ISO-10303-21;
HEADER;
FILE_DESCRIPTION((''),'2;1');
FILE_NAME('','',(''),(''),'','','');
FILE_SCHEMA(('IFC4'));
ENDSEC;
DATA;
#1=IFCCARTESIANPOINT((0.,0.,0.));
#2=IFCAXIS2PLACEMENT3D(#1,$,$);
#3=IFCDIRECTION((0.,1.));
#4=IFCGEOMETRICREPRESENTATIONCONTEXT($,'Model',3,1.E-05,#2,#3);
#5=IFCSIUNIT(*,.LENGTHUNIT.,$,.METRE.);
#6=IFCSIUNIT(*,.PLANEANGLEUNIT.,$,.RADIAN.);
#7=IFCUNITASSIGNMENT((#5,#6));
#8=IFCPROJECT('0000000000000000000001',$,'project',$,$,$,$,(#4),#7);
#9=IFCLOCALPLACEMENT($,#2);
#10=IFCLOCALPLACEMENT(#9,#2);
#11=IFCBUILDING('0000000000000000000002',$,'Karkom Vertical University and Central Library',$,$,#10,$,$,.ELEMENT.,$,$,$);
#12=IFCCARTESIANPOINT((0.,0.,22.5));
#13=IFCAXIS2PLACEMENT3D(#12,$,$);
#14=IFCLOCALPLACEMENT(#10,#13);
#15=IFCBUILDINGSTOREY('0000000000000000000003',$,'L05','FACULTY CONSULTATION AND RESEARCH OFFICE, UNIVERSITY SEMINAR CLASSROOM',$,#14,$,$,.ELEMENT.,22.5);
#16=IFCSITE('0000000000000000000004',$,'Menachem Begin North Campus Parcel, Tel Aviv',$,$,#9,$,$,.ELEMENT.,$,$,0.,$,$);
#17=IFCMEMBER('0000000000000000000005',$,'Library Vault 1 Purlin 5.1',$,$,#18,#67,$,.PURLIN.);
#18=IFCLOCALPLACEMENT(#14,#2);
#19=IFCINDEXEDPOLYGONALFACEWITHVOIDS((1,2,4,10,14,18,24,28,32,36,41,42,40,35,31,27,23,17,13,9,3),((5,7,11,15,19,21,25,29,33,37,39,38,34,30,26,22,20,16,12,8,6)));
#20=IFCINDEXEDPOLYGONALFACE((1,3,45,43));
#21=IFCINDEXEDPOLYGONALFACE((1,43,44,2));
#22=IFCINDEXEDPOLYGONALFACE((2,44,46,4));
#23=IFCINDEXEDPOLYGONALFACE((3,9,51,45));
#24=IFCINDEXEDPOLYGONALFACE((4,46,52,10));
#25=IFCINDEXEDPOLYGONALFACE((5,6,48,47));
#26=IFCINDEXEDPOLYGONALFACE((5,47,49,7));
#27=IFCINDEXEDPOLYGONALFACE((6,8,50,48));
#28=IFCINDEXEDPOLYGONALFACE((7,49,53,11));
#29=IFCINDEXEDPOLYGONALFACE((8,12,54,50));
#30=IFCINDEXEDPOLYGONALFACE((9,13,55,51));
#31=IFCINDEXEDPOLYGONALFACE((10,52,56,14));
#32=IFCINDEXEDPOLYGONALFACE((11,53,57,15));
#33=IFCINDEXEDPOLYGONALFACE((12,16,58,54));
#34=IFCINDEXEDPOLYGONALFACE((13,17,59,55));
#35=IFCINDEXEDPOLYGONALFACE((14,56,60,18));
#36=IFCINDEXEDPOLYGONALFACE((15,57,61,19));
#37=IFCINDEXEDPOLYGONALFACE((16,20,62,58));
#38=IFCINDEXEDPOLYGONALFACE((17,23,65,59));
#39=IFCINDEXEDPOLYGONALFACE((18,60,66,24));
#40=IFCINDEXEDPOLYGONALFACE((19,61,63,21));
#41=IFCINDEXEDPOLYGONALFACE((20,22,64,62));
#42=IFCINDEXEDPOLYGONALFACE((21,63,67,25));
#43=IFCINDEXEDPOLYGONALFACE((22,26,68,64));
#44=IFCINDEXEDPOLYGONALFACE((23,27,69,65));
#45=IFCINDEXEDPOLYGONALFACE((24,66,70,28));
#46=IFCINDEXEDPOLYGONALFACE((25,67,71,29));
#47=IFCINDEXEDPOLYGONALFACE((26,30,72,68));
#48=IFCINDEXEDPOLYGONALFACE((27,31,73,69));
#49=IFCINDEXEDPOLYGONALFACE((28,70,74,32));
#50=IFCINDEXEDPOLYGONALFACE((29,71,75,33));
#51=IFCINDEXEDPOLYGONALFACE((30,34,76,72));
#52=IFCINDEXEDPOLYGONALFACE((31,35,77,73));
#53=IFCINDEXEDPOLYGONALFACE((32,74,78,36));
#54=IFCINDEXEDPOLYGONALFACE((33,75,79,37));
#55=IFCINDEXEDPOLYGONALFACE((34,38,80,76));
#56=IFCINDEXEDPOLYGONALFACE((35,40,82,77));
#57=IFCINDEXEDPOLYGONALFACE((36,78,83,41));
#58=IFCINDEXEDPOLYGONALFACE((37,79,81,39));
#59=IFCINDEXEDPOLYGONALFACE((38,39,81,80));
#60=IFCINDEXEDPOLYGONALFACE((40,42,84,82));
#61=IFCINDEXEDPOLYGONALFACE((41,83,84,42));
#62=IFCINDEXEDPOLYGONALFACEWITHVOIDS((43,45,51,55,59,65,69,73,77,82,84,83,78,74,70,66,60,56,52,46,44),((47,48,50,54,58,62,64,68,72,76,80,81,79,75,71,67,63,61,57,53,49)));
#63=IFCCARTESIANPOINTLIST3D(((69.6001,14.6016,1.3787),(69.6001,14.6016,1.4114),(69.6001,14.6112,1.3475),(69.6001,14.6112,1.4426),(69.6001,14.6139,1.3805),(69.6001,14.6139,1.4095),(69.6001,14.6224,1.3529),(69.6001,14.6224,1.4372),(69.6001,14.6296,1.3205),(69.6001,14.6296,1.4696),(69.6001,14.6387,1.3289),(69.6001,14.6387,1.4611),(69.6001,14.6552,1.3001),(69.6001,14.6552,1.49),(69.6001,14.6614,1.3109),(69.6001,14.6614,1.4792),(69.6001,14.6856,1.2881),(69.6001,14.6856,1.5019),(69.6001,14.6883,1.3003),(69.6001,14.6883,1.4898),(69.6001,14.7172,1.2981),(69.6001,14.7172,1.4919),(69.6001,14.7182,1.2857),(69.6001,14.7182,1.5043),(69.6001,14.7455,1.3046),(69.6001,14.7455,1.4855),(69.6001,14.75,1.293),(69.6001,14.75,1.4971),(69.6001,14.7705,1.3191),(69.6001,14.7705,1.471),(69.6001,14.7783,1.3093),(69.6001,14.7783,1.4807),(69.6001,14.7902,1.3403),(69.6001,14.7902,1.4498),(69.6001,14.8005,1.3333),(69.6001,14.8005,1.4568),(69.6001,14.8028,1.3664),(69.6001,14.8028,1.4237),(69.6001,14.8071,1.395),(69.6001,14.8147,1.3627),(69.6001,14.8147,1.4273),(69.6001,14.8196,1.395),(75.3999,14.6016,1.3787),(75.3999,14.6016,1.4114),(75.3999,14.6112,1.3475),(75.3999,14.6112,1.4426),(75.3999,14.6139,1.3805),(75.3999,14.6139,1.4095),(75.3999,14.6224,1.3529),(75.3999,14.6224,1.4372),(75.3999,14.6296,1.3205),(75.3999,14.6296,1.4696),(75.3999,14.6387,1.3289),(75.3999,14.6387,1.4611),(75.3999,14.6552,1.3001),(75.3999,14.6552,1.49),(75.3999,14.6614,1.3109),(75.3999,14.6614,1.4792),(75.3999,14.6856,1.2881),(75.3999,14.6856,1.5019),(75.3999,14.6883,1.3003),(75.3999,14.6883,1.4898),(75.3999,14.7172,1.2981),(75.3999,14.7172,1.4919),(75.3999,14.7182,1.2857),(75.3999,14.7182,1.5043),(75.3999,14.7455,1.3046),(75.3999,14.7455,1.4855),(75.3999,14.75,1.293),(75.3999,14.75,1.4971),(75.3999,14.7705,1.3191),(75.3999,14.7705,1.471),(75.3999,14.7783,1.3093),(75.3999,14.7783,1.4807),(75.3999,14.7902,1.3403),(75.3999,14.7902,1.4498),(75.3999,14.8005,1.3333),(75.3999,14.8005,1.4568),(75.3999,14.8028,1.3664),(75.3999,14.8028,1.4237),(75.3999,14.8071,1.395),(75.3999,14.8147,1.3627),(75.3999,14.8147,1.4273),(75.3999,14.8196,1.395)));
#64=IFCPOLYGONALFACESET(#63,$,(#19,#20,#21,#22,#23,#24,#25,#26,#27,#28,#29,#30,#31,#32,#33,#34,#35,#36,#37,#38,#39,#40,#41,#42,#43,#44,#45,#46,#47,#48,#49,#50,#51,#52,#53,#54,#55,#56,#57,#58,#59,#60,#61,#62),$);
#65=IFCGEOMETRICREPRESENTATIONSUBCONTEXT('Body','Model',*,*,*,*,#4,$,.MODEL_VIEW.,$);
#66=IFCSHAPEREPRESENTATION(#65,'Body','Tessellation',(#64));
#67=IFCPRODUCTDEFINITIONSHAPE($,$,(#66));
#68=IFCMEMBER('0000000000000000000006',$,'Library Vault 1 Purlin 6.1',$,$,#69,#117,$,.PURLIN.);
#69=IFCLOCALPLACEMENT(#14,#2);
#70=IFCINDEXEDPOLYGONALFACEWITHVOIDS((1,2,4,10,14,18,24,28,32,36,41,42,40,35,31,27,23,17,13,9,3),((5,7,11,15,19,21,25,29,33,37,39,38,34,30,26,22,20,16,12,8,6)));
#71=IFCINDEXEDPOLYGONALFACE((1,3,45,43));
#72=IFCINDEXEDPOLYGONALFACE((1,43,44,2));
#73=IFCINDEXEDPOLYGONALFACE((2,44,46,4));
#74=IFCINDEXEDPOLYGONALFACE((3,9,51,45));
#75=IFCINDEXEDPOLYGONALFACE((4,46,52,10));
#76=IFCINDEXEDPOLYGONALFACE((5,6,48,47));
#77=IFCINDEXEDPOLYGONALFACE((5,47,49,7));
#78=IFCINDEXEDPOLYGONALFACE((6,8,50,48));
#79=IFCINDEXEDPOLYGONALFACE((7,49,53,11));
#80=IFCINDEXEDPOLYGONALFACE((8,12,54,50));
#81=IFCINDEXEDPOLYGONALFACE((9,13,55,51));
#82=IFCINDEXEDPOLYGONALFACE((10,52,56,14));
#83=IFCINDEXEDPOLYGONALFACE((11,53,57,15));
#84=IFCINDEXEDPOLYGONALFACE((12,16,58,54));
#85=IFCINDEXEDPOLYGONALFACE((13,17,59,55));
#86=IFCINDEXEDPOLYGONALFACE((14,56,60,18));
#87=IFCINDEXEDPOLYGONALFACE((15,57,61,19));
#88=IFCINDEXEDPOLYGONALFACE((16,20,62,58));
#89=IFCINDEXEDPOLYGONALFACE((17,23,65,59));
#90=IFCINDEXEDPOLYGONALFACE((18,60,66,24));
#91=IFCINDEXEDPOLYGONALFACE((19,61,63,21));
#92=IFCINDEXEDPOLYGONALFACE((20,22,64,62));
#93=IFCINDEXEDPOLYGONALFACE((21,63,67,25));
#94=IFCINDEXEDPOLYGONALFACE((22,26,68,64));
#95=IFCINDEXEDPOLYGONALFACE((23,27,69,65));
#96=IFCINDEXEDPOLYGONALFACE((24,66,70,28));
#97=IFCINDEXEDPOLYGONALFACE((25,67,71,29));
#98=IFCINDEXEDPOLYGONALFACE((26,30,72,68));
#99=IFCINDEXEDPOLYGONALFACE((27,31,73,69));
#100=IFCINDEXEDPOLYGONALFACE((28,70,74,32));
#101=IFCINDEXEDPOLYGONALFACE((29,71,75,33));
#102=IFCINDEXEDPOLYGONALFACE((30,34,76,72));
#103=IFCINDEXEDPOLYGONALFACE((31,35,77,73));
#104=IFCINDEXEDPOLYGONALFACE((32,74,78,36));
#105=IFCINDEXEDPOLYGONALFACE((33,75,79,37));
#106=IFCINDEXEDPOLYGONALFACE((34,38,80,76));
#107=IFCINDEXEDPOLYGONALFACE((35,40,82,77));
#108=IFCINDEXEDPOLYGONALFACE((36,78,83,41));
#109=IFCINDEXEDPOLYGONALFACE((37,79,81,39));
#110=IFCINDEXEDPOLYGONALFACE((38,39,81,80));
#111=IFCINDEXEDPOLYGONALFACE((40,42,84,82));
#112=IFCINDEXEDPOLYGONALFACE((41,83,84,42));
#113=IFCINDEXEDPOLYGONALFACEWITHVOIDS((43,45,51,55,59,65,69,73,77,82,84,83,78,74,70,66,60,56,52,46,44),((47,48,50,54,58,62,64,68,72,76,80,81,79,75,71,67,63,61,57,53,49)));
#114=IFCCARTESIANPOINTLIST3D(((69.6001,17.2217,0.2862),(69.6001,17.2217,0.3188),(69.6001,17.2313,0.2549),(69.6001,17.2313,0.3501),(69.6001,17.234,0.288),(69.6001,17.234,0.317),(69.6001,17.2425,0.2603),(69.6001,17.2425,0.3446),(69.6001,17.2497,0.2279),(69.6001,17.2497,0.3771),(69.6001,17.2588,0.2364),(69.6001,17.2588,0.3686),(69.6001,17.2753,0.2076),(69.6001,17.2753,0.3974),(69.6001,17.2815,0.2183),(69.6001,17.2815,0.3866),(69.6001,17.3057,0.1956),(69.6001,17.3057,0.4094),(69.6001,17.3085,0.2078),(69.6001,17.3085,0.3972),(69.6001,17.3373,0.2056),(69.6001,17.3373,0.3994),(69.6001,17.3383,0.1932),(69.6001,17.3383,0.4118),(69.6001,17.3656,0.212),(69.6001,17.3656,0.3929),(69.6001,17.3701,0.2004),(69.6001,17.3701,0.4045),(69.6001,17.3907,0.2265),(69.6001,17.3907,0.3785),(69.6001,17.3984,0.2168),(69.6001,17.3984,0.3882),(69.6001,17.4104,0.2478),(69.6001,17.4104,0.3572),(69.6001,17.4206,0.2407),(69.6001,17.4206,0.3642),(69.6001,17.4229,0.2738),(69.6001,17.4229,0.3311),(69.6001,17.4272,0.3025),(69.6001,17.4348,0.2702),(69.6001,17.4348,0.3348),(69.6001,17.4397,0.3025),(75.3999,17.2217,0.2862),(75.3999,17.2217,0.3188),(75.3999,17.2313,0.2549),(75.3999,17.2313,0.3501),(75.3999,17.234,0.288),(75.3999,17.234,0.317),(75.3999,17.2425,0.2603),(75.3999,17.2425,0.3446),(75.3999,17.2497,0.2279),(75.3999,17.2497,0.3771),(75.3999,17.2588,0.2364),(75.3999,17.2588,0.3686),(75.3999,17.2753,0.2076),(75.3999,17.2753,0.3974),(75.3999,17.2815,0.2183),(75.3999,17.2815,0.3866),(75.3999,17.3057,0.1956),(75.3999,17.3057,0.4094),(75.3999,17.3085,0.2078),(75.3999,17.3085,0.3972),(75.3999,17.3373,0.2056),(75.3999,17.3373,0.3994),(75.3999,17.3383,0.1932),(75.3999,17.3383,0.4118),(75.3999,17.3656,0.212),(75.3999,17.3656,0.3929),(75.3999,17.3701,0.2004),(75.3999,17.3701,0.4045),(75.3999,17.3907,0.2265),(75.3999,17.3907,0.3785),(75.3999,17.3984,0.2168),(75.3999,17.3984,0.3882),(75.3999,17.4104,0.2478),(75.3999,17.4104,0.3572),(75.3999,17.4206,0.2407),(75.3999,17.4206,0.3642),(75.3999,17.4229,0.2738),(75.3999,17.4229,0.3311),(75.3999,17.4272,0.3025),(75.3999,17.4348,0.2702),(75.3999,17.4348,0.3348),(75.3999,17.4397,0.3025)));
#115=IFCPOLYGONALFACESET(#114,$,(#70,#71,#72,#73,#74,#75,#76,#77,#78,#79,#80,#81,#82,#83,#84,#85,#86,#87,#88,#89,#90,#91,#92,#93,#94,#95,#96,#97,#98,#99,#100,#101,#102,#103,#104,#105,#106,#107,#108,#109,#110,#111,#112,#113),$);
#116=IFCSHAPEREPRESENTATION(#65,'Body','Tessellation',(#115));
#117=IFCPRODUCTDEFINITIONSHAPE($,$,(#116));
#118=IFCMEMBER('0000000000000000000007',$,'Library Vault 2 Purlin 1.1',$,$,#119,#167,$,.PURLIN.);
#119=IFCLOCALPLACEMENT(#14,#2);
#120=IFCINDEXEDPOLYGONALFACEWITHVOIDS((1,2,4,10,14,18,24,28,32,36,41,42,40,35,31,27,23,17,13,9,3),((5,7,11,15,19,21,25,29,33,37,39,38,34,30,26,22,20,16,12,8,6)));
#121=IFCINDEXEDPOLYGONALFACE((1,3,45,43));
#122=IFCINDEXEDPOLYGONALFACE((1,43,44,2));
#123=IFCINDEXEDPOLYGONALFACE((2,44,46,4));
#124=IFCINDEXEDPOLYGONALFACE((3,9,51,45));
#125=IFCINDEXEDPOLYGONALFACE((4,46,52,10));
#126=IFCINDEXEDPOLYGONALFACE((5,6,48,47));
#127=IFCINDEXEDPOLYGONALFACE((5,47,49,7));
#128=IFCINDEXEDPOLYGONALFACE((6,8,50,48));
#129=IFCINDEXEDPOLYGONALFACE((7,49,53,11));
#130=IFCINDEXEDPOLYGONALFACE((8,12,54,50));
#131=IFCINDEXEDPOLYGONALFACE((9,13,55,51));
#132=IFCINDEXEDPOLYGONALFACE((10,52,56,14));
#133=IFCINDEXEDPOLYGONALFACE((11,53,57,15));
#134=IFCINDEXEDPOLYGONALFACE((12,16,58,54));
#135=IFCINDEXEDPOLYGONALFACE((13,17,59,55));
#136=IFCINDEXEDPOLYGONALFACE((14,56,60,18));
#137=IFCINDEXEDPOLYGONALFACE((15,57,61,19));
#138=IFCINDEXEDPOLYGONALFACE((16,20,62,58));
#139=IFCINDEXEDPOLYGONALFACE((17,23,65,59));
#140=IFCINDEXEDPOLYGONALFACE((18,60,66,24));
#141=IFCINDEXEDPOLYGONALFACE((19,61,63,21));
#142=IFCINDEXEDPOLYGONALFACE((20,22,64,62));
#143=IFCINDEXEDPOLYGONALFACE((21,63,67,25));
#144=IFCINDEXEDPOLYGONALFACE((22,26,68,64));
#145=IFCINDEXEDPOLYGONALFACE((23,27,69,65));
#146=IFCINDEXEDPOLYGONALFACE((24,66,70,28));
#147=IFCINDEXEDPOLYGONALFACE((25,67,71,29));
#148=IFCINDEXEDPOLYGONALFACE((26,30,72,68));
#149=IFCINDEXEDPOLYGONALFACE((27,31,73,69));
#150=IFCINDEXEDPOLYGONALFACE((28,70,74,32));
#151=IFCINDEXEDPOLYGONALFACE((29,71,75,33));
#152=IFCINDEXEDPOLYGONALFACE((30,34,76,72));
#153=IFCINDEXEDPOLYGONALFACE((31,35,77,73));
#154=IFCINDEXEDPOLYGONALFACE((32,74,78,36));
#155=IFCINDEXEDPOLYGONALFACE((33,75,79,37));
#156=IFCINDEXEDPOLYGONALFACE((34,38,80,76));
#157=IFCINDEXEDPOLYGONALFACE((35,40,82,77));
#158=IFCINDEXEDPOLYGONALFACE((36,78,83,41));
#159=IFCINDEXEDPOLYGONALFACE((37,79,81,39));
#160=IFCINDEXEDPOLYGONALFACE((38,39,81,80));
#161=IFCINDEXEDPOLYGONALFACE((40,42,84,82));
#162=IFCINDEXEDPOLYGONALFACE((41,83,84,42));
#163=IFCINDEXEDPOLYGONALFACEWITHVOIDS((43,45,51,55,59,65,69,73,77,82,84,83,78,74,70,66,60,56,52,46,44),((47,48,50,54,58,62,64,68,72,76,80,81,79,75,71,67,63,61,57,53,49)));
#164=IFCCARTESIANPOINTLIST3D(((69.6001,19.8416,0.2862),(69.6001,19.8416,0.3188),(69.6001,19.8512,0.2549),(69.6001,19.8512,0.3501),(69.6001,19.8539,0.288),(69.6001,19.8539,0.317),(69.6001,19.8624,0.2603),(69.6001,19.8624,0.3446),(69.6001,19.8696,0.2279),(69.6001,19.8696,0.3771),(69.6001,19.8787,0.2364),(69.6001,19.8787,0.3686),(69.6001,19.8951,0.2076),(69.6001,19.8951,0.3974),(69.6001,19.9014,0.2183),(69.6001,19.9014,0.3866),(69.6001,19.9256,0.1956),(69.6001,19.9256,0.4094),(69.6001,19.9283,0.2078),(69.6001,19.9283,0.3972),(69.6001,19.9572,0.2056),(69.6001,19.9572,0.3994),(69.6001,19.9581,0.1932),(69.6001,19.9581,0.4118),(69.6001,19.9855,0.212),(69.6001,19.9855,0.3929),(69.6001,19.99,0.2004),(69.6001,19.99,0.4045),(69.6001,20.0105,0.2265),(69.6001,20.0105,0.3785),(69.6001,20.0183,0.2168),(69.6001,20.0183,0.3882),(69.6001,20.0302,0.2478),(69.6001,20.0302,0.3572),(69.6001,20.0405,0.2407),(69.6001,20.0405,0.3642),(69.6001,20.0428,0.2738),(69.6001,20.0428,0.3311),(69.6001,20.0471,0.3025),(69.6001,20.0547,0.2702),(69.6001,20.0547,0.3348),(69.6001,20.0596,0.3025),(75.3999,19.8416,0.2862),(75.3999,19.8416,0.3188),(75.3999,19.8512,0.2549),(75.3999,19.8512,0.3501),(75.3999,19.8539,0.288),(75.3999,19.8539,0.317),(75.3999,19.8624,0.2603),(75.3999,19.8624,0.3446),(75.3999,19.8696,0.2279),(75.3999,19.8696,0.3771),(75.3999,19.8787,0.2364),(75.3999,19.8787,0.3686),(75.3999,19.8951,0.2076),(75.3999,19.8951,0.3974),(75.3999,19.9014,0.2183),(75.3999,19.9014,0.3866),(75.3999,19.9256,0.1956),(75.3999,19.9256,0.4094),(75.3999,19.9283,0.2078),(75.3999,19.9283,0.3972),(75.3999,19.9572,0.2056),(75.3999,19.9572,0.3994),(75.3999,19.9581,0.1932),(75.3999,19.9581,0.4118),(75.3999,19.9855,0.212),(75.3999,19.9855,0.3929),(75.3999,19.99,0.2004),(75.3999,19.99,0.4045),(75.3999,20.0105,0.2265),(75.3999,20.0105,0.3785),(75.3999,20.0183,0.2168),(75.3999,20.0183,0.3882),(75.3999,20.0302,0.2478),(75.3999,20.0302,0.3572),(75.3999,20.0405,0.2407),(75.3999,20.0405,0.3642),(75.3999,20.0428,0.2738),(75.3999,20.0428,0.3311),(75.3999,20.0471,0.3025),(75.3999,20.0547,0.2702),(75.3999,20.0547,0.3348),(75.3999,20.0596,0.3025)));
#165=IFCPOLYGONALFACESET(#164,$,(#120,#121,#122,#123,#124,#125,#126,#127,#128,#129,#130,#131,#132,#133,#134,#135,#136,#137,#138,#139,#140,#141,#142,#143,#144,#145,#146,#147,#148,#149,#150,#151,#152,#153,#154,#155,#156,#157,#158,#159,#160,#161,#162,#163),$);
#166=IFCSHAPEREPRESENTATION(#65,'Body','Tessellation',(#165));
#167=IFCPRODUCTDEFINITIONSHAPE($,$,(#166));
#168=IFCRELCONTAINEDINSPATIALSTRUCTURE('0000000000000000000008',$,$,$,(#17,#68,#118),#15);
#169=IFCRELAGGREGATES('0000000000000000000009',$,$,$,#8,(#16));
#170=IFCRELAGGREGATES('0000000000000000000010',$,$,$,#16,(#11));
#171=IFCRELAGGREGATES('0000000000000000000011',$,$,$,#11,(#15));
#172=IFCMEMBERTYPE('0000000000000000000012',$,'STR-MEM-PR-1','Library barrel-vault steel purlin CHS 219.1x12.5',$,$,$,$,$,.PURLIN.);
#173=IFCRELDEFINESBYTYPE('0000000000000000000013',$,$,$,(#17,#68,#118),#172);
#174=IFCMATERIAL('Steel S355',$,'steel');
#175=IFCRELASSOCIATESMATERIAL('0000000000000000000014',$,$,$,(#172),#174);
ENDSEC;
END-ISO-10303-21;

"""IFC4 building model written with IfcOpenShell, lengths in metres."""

from ifc_helpers import new_model, si_unit, direction, frame, origin, origin_with_axes, origin_2d, place, context, subcontext, project, spatial, hollow_circle, extrude, source, transform, mapped, material, material_profile, profile_set, type_object, element, save


model = new_model("IFC4")

# Units and contexts
model_context = context("Model", 3, precision=1e-05, world=origin(), true_north=direction((0.0, 1.0)))
body_context = subcontext(model_context, "Body", "Model", "MODEL_VIEW")
ifc_project = project(units=[si_unit("LENGTHUNIT", "METRE"), si_unit("PLANEANGLEUNIT", "RADIAN")], contexts=[model_context])

# Site, building, storey
site_placement = place(None, origin())
site = spatial("IfcSite", under=ifc_project, at=site_placement, Name="Menachem Begin North Campus Parcel, Tel Aviv", CompositionType="ELEMENT", RefElevation=0.0)
building_placement = place(site_placement, origin())
building = spatial("IfcBuilding", under=site, at=building_placement, Name="Karkom Vertical University and Central Library", CompositionType="ELEMENT")
storey_placement = place(building_placement, frame((0.0, 0.0, 22.5)))
storey = spatial("IfcBuildingStorey", under=building, at=storey_placement, Name="L05", Description="FACULTY CONSULTATION AND RESEARCH OFFICE, UNIVERSITY SEMINAR CLASSROOM", CompositionType="ELEMENT", Elevation=22.5)

# Members
ifc_material_1 = material(Name="Steel S355", Category="steel")
ifc_material_profile_1 = material_profile(ifc_material_1, hollow_circle(Radius=0.1096, WallThickness=0.0125, at=origin_2d()), Name="CHS 219.1x12.5")
ifc_profile_set_1 = profile_set([ifc_material_profile_1], Name="Steel S355")
member_type_1 = type_object("IfcMemberType", Name="STR-MEM-PR-1", Description="Library barrel-vault steel purlin CHS 219.1x12.5", PredefinedType="PURLIN", material=ifc_profile_set_1)
shared_shape_1 = source(origin_with_axes(), body_context, "Body", "SweptSolid", [
    extrude(hollow_circle(Radius=0.1096, WallThickness=0.0125, at=origin_2d()), origin(), (0.0, 0.0, 1.0), 5.7998),
])
for number, where, z_axis, x_axis, name in (
    (1, (69.6001, 14.71, 1.395), (1.0, 0.0, 0.0), (0.0, 1.0, 0.0), "Library Vault 1 Purlin 5.1"),
    (2, (69.6001, 17.3301, 0.3025), (1.0, 0.0, 0.0), (0.0, 1.0, 0.0), "Library Vault 1 Purlin 6.1"),
    (3, (69.6001, 19.95, 0.3025), (1.0, 0.0, 0.0), (0.0, 1.0, 0.0), "Library Vault 2 Purlin 1.1"),
):
    element("IfcMember", number, at=place(storey_placement, frame(where, z_axis=z_axis, x_axis=x_axis)), inside=storey, type_object=member_type_1, Name=name, PredefinedType="PURLIN", context=body_context, shape_type="MappedRepresentation", body=[
        mapped(shared_shape_1, transform((0.0, 0.0, 0.0), scale=1.0)),
    ])

save(model, "model.ifc")
